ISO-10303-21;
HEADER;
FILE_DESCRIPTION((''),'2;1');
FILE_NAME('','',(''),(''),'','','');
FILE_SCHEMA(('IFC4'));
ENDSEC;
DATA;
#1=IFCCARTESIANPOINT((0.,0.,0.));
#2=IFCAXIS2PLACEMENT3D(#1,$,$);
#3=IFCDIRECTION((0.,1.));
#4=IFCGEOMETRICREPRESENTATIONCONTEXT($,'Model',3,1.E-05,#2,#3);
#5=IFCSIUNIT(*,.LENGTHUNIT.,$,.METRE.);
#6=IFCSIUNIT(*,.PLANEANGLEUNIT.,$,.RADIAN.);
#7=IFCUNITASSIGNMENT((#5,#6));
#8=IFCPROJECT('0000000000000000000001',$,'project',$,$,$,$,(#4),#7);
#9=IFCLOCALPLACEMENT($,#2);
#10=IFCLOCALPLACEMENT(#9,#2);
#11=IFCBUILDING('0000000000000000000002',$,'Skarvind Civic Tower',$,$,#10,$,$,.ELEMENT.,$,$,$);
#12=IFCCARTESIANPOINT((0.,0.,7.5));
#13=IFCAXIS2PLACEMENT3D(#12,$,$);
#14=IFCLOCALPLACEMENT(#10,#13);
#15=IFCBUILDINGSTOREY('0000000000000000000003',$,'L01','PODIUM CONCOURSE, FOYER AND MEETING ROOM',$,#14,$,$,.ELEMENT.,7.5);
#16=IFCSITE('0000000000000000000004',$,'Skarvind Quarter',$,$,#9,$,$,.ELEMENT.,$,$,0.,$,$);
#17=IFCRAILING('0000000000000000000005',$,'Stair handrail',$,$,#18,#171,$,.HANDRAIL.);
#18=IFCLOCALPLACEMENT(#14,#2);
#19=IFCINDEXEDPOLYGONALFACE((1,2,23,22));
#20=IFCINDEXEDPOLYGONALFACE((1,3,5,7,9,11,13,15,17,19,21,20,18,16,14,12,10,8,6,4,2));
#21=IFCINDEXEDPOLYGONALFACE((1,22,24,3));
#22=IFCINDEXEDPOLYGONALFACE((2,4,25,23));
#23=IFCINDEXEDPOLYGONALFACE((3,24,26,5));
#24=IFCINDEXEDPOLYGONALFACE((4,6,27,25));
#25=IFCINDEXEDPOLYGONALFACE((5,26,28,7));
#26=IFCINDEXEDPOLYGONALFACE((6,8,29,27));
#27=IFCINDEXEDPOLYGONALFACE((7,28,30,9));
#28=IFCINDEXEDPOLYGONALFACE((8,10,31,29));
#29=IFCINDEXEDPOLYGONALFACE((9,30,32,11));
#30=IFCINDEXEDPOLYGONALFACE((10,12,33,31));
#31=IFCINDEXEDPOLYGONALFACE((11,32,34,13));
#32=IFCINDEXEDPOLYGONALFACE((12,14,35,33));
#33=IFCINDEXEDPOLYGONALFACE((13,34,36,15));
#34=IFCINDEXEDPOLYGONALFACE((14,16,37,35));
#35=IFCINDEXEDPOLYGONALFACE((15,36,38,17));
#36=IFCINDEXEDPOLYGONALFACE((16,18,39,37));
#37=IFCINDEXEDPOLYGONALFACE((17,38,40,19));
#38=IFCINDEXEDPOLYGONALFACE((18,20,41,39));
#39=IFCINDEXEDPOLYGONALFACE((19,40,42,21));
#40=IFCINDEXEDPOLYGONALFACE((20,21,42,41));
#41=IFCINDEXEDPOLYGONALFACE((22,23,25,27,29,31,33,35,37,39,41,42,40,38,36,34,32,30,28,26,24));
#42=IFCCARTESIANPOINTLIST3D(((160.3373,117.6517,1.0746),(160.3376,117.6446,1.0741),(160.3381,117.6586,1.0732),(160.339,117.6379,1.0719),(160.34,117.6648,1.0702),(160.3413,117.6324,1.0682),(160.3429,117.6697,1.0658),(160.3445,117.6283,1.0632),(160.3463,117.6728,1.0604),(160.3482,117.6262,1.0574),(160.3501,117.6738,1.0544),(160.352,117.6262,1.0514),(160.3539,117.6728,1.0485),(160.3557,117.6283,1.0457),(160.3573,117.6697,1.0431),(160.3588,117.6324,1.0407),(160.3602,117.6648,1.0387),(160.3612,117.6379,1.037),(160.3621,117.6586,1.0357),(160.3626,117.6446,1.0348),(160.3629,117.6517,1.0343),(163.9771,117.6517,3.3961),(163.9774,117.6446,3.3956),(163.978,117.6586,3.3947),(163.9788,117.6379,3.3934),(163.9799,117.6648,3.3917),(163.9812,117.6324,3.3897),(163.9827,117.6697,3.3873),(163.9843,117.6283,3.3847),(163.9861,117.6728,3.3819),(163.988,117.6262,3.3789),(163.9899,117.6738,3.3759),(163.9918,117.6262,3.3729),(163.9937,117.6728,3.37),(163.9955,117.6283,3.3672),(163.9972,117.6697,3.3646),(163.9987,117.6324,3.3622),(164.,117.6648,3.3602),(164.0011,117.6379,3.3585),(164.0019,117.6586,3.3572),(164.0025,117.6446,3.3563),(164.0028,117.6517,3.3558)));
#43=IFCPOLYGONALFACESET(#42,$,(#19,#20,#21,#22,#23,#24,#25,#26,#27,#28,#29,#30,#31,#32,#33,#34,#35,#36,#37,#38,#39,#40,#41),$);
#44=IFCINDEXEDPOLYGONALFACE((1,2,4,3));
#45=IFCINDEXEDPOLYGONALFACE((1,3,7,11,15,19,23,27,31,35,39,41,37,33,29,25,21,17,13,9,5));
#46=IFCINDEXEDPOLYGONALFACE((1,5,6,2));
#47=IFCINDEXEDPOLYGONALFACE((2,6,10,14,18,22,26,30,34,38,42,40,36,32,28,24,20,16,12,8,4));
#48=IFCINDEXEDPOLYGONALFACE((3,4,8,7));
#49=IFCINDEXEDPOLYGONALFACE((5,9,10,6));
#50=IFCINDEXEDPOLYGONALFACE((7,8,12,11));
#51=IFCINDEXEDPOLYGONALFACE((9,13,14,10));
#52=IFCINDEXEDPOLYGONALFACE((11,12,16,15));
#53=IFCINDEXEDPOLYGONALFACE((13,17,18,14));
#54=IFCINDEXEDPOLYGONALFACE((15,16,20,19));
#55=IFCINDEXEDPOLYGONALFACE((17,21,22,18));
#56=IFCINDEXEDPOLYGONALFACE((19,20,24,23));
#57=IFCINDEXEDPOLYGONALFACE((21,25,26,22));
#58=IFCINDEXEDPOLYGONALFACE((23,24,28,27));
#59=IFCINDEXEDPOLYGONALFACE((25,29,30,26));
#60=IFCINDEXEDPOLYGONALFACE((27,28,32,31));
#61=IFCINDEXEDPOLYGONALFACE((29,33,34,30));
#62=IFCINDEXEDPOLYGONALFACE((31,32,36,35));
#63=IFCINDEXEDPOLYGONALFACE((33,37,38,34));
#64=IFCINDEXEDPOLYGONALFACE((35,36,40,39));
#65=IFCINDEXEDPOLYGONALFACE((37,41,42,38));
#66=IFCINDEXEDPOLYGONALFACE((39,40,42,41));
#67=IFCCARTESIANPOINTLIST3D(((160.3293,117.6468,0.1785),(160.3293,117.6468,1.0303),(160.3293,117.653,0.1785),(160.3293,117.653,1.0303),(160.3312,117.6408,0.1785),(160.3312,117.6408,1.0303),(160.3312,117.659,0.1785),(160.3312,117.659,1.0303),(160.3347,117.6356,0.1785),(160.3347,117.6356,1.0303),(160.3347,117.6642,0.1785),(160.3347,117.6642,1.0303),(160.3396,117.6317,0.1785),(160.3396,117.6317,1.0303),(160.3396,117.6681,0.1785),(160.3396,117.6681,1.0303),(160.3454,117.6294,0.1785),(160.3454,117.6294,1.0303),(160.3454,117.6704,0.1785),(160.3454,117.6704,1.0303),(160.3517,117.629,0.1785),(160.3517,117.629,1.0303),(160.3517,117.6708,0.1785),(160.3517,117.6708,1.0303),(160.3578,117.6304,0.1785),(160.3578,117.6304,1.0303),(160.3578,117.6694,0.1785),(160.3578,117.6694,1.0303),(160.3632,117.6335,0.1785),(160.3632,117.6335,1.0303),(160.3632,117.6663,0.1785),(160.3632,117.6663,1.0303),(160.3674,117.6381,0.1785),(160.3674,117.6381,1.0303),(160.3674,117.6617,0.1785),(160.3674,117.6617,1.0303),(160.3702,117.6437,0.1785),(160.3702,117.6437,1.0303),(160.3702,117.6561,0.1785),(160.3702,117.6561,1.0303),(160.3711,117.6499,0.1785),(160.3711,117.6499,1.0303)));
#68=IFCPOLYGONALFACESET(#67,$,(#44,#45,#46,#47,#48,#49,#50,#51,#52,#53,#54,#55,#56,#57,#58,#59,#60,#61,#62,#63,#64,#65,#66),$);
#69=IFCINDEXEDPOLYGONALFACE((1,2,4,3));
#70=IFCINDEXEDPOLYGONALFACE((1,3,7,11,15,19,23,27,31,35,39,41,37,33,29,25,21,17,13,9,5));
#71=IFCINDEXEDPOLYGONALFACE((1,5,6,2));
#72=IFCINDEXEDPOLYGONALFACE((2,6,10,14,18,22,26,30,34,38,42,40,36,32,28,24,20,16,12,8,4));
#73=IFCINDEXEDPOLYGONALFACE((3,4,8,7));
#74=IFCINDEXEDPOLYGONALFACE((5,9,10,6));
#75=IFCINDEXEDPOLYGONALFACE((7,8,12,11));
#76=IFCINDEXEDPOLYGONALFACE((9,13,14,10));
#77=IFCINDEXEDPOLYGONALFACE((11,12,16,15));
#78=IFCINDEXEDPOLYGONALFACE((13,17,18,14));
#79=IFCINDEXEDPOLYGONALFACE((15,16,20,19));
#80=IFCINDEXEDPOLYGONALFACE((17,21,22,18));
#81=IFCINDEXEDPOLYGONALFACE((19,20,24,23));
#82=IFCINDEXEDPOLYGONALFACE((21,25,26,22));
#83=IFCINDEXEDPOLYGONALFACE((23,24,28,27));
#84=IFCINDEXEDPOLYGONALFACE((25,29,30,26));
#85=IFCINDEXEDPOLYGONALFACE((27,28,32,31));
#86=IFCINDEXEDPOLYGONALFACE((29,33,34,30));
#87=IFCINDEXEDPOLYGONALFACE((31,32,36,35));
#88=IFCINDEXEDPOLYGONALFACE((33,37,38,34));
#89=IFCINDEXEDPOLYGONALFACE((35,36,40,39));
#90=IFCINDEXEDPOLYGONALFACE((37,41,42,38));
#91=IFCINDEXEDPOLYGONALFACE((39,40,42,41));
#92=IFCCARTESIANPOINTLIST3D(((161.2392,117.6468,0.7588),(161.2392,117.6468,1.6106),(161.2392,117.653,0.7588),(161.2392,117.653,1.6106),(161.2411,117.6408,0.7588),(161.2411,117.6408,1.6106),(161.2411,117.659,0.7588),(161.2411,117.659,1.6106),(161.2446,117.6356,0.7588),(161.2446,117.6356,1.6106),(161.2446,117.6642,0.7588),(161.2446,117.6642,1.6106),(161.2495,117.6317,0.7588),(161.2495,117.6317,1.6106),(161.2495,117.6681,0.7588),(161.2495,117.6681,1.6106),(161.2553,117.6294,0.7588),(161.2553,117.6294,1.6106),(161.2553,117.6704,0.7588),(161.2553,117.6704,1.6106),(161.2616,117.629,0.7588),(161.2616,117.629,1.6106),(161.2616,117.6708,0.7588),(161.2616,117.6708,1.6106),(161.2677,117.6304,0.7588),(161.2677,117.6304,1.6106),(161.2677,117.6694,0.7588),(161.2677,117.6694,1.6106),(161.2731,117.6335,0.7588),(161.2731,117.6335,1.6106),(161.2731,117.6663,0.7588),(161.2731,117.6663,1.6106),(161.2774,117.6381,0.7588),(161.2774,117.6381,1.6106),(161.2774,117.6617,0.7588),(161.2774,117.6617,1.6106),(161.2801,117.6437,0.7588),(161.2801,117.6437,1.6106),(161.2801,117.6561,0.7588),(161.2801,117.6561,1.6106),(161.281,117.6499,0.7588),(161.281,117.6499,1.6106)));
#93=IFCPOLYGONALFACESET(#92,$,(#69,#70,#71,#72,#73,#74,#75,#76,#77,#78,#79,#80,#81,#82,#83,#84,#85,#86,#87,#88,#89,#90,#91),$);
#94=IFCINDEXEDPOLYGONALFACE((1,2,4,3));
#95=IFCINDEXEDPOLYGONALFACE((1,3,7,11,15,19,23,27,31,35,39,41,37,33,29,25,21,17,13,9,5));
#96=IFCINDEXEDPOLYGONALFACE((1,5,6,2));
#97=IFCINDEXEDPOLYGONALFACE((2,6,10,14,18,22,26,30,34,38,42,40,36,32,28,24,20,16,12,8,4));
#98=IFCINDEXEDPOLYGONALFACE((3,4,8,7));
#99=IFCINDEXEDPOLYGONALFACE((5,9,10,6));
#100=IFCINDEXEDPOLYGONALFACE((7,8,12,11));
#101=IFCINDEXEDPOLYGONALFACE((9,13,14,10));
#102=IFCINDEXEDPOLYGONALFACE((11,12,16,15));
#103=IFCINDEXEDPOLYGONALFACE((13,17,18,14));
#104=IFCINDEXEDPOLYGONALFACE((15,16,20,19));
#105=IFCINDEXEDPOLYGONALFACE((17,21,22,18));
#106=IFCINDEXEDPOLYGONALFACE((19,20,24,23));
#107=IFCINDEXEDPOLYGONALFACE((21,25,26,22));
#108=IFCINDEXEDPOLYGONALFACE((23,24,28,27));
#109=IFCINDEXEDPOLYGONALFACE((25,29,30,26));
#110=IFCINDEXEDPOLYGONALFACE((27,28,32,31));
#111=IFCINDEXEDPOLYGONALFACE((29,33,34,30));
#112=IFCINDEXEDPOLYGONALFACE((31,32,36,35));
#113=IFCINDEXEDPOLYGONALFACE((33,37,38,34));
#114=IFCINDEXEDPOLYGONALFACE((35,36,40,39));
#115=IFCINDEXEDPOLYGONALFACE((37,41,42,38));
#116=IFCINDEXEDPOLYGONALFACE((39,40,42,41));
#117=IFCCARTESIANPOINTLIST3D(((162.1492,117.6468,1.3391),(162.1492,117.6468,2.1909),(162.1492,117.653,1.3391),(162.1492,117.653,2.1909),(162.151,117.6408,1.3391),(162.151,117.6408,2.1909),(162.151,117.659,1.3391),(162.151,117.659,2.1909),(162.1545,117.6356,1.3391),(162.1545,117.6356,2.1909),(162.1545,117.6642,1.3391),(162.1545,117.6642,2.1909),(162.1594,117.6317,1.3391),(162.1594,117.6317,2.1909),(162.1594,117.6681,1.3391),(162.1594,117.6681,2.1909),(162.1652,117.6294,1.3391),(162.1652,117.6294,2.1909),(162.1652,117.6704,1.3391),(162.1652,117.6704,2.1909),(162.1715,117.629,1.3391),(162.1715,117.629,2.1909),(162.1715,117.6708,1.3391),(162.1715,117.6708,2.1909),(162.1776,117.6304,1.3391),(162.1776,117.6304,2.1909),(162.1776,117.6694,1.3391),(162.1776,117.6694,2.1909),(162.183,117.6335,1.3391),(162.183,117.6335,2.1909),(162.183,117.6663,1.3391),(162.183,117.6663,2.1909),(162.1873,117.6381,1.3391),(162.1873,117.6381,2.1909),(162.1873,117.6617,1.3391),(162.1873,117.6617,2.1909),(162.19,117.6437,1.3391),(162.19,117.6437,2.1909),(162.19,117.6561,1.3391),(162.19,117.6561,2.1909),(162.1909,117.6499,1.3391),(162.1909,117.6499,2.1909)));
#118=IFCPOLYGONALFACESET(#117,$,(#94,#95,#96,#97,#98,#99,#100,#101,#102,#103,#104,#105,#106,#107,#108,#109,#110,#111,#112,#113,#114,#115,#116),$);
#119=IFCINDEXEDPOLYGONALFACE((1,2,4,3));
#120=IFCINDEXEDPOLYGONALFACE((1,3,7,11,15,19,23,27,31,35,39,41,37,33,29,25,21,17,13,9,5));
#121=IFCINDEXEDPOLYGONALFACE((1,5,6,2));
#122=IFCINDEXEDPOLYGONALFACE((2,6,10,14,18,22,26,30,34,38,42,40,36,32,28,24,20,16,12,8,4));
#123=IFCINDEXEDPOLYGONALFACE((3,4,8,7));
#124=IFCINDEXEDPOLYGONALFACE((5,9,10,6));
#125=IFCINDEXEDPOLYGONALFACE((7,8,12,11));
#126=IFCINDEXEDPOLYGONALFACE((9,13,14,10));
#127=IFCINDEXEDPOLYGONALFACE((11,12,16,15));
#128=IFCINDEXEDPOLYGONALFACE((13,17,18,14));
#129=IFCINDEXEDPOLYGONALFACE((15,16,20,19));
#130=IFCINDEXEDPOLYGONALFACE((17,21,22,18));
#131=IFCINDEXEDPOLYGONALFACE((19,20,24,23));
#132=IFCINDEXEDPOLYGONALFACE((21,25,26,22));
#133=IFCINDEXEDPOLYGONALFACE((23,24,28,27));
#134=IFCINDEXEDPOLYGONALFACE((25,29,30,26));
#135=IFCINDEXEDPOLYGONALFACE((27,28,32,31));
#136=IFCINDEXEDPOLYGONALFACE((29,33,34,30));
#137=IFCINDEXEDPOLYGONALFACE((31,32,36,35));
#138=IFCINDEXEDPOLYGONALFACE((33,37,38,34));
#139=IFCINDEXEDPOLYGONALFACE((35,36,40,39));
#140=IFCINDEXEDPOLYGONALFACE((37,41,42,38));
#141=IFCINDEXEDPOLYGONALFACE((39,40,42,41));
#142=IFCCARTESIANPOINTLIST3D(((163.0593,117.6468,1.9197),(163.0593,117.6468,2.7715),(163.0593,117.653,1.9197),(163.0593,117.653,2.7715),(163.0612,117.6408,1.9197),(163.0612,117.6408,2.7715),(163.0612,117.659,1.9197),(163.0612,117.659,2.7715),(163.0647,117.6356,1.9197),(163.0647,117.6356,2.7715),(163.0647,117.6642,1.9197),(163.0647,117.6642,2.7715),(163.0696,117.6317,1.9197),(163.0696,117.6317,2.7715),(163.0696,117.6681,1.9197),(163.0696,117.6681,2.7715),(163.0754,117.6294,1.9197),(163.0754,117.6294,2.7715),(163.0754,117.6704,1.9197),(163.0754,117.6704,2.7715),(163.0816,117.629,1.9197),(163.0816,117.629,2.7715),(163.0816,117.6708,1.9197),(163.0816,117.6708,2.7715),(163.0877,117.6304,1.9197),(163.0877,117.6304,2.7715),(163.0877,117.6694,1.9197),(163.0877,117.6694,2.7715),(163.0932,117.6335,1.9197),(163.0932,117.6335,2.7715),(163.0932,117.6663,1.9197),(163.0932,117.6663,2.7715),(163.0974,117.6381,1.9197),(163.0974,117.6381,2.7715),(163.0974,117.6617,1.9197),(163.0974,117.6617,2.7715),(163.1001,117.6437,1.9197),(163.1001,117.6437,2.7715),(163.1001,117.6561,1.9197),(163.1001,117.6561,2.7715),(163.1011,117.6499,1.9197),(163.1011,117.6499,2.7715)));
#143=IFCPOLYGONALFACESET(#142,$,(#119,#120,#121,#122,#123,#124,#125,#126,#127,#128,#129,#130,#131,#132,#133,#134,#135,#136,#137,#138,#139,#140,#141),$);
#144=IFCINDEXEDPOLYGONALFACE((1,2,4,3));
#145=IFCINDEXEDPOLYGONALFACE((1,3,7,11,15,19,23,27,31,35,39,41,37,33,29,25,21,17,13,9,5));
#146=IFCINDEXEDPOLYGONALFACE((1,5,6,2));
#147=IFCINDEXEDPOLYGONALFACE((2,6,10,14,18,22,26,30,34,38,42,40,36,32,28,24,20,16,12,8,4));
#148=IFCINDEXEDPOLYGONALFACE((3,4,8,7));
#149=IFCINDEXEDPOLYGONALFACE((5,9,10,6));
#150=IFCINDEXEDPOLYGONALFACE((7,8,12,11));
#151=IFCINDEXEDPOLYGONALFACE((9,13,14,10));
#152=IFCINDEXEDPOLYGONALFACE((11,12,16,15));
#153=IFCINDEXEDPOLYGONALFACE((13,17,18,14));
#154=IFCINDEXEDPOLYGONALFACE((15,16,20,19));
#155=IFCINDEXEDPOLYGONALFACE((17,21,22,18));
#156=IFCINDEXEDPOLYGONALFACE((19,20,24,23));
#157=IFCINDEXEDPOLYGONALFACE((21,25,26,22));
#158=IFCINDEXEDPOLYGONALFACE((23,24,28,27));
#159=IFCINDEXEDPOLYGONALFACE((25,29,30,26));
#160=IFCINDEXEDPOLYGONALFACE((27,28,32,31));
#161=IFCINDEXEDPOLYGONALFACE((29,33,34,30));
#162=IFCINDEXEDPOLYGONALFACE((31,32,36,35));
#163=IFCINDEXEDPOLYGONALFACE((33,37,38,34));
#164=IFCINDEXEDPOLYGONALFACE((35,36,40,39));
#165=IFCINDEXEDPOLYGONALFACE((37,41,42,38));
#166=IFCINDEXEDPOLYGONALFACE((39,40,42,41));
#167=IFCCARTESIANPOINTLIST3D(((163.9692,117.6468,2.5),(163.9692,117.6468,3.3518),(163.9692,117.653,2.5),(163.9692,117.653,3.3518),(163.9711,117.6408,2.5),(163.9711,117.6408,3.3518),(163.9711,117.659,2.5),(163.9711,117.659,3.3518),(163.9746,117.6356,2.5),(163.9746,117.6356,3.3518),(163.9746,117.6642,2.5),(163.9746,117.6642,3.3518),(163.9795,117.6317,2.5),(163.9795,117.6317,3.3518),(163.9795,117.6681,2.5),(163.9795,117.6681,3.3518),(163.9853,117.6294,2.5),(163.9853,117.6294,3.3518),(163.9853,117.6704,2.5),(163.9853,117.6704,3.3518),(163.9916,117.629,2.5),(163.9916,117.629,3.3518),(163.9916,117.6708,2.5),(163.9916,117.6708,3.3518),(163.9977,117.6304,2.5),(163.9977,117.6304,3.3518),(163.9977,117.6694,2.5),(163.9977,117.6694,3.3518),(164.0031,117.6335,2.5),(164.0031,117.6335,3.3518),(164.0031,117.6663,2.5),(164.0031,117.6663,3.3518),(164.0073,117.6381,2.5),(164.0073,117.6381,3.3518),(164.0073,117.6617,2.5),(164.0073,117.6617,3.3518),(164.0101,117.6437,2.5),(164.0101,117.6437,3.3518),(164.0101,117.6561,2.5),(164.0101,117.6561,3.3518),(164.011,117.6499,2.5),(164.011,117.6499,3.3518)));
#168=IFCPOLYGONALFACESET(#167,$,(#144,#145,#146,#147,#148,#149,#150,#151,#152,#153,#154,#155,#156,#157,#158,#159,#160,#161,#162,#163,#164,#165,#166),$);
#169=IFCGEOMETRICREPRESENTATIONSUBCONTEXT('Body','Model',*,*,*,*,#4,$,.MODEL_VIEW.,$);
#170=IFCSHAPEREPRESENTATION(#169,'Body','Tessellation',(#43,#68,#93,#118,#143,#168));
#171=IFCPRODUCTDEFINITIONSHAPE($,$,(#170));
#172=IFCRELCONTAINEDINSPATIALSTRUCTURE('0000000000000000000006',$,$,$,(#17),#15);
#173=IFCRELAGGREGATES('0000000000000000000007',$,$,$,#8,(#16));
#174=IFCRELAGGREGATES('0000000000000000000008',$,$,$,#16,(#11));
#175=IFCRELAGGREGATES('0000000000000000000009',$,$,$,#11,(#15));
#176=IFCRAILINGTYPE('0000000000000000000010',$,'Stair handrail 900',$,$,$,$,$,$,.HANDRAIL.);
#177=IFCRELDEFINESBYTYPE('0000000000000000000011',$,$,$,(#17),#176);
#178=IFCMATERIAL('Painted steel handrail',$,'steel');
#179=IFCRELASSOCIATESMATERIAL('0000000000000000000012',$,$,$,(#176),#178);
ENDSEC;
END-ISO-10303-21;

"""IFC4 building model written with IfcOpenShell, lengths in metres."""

from ifc_helpers import new_model, si_unit, direction, frame, origin, origin_2d, place, context, subcontext, project, spatial, circle, extrude, material, type_object, element, save


model = new_model("IFC4")

# Units and contexts
model_context = context("Model", 3, precision=1e-05, world=origin(), true_north=direction((0.0, 1.0)))
body_context = subcontext(model_context, "Body", "Model", "MODEL_VIEW")
ifc_project = project(units=[si_unit("LENGTHUNIT", "METRE"), si_unit("PLANEANGLEUNIT", "RADIAN")], contexts=[model_context])

# Site, building, storey
site_placement = place(None, origin())
site = spatial("IfcSite", under=ifc_project, at=site_placement, Name="Skarvind Quarter", CompositionType="ELEMENT", RefElevation=0.0)
building_placement = place(site_placement, origin())
building = spatial("IfcBuilding", under=site, at=building_placement, Name="Skarvind Civic Tower", CompositionType="ELEMENT")
storey_placement = place(building_placement, frame((0.0, 0.0, 7.5)))
storey = spatial("IfcBuildingStorey", under=building, at=storey_placement, Name="L01", Description="PODIUM CONCOURSE, FOYER AND MEETING ROOM", CompositionType="ELEMENT", Elevation=7.5)

# Railing
ifc_material_1 = material(Name="Painted steel handrail", Category="steel")
railing_type = type_object("IfcRailingType", Name="Stair handrail 900", PredefinedType="HANDRAIL", material=ifc_material_1)
railing_placement = place(storey_placement, frame((160.3501, 117.6499, 0.1785)))
element("IfcRailing", 1, at=railing_placement, inside=storey, type_object=railing_type, Name="Stair handrail", PredefinedType="HANDRAIL", context=body_context, shape_type="SweptSolid", body=[
    extrude(circle(Radius=0.0239, at=origin_2d()), frame((0.0, 0.0, 0.876), z_axis=(0.843112, 0.0, 0.537739), x_axis=(0.0, 1.0, 0.0)), (0.0, 0.0, 1.0), 4.3171),
    extrude(circle(Radius=0.021, at=origin_2d()), origin(), (0.0, 0.0, 1.0), 0.8518),
    extrude(circle(Radius=0.021, at=origin_2d()), frame((0.9099, 0.0, 0.5803)), (0.0, 0.0, 1.0), 0.8518),
    extrude(circle(Radius=0.021, at=origin_2d()), frame((1.8198, 0.0, 1.1606)), (0.0, 0.0, 1.0), 0.8518),
    extrude(circle(Radius=0.021, at=origin_2d()), frame((2.73, 0.0, 1.7412)), (0.0, 0.0, 1.0), 0.8518),
    extrude(circle(Radius=0.021, at=origin_2d()), frame((3.6399, 0.0, 2.3215)), (0.0, 0.0, 1.0), 0.8518),
])

save(model, "model.ifc")
